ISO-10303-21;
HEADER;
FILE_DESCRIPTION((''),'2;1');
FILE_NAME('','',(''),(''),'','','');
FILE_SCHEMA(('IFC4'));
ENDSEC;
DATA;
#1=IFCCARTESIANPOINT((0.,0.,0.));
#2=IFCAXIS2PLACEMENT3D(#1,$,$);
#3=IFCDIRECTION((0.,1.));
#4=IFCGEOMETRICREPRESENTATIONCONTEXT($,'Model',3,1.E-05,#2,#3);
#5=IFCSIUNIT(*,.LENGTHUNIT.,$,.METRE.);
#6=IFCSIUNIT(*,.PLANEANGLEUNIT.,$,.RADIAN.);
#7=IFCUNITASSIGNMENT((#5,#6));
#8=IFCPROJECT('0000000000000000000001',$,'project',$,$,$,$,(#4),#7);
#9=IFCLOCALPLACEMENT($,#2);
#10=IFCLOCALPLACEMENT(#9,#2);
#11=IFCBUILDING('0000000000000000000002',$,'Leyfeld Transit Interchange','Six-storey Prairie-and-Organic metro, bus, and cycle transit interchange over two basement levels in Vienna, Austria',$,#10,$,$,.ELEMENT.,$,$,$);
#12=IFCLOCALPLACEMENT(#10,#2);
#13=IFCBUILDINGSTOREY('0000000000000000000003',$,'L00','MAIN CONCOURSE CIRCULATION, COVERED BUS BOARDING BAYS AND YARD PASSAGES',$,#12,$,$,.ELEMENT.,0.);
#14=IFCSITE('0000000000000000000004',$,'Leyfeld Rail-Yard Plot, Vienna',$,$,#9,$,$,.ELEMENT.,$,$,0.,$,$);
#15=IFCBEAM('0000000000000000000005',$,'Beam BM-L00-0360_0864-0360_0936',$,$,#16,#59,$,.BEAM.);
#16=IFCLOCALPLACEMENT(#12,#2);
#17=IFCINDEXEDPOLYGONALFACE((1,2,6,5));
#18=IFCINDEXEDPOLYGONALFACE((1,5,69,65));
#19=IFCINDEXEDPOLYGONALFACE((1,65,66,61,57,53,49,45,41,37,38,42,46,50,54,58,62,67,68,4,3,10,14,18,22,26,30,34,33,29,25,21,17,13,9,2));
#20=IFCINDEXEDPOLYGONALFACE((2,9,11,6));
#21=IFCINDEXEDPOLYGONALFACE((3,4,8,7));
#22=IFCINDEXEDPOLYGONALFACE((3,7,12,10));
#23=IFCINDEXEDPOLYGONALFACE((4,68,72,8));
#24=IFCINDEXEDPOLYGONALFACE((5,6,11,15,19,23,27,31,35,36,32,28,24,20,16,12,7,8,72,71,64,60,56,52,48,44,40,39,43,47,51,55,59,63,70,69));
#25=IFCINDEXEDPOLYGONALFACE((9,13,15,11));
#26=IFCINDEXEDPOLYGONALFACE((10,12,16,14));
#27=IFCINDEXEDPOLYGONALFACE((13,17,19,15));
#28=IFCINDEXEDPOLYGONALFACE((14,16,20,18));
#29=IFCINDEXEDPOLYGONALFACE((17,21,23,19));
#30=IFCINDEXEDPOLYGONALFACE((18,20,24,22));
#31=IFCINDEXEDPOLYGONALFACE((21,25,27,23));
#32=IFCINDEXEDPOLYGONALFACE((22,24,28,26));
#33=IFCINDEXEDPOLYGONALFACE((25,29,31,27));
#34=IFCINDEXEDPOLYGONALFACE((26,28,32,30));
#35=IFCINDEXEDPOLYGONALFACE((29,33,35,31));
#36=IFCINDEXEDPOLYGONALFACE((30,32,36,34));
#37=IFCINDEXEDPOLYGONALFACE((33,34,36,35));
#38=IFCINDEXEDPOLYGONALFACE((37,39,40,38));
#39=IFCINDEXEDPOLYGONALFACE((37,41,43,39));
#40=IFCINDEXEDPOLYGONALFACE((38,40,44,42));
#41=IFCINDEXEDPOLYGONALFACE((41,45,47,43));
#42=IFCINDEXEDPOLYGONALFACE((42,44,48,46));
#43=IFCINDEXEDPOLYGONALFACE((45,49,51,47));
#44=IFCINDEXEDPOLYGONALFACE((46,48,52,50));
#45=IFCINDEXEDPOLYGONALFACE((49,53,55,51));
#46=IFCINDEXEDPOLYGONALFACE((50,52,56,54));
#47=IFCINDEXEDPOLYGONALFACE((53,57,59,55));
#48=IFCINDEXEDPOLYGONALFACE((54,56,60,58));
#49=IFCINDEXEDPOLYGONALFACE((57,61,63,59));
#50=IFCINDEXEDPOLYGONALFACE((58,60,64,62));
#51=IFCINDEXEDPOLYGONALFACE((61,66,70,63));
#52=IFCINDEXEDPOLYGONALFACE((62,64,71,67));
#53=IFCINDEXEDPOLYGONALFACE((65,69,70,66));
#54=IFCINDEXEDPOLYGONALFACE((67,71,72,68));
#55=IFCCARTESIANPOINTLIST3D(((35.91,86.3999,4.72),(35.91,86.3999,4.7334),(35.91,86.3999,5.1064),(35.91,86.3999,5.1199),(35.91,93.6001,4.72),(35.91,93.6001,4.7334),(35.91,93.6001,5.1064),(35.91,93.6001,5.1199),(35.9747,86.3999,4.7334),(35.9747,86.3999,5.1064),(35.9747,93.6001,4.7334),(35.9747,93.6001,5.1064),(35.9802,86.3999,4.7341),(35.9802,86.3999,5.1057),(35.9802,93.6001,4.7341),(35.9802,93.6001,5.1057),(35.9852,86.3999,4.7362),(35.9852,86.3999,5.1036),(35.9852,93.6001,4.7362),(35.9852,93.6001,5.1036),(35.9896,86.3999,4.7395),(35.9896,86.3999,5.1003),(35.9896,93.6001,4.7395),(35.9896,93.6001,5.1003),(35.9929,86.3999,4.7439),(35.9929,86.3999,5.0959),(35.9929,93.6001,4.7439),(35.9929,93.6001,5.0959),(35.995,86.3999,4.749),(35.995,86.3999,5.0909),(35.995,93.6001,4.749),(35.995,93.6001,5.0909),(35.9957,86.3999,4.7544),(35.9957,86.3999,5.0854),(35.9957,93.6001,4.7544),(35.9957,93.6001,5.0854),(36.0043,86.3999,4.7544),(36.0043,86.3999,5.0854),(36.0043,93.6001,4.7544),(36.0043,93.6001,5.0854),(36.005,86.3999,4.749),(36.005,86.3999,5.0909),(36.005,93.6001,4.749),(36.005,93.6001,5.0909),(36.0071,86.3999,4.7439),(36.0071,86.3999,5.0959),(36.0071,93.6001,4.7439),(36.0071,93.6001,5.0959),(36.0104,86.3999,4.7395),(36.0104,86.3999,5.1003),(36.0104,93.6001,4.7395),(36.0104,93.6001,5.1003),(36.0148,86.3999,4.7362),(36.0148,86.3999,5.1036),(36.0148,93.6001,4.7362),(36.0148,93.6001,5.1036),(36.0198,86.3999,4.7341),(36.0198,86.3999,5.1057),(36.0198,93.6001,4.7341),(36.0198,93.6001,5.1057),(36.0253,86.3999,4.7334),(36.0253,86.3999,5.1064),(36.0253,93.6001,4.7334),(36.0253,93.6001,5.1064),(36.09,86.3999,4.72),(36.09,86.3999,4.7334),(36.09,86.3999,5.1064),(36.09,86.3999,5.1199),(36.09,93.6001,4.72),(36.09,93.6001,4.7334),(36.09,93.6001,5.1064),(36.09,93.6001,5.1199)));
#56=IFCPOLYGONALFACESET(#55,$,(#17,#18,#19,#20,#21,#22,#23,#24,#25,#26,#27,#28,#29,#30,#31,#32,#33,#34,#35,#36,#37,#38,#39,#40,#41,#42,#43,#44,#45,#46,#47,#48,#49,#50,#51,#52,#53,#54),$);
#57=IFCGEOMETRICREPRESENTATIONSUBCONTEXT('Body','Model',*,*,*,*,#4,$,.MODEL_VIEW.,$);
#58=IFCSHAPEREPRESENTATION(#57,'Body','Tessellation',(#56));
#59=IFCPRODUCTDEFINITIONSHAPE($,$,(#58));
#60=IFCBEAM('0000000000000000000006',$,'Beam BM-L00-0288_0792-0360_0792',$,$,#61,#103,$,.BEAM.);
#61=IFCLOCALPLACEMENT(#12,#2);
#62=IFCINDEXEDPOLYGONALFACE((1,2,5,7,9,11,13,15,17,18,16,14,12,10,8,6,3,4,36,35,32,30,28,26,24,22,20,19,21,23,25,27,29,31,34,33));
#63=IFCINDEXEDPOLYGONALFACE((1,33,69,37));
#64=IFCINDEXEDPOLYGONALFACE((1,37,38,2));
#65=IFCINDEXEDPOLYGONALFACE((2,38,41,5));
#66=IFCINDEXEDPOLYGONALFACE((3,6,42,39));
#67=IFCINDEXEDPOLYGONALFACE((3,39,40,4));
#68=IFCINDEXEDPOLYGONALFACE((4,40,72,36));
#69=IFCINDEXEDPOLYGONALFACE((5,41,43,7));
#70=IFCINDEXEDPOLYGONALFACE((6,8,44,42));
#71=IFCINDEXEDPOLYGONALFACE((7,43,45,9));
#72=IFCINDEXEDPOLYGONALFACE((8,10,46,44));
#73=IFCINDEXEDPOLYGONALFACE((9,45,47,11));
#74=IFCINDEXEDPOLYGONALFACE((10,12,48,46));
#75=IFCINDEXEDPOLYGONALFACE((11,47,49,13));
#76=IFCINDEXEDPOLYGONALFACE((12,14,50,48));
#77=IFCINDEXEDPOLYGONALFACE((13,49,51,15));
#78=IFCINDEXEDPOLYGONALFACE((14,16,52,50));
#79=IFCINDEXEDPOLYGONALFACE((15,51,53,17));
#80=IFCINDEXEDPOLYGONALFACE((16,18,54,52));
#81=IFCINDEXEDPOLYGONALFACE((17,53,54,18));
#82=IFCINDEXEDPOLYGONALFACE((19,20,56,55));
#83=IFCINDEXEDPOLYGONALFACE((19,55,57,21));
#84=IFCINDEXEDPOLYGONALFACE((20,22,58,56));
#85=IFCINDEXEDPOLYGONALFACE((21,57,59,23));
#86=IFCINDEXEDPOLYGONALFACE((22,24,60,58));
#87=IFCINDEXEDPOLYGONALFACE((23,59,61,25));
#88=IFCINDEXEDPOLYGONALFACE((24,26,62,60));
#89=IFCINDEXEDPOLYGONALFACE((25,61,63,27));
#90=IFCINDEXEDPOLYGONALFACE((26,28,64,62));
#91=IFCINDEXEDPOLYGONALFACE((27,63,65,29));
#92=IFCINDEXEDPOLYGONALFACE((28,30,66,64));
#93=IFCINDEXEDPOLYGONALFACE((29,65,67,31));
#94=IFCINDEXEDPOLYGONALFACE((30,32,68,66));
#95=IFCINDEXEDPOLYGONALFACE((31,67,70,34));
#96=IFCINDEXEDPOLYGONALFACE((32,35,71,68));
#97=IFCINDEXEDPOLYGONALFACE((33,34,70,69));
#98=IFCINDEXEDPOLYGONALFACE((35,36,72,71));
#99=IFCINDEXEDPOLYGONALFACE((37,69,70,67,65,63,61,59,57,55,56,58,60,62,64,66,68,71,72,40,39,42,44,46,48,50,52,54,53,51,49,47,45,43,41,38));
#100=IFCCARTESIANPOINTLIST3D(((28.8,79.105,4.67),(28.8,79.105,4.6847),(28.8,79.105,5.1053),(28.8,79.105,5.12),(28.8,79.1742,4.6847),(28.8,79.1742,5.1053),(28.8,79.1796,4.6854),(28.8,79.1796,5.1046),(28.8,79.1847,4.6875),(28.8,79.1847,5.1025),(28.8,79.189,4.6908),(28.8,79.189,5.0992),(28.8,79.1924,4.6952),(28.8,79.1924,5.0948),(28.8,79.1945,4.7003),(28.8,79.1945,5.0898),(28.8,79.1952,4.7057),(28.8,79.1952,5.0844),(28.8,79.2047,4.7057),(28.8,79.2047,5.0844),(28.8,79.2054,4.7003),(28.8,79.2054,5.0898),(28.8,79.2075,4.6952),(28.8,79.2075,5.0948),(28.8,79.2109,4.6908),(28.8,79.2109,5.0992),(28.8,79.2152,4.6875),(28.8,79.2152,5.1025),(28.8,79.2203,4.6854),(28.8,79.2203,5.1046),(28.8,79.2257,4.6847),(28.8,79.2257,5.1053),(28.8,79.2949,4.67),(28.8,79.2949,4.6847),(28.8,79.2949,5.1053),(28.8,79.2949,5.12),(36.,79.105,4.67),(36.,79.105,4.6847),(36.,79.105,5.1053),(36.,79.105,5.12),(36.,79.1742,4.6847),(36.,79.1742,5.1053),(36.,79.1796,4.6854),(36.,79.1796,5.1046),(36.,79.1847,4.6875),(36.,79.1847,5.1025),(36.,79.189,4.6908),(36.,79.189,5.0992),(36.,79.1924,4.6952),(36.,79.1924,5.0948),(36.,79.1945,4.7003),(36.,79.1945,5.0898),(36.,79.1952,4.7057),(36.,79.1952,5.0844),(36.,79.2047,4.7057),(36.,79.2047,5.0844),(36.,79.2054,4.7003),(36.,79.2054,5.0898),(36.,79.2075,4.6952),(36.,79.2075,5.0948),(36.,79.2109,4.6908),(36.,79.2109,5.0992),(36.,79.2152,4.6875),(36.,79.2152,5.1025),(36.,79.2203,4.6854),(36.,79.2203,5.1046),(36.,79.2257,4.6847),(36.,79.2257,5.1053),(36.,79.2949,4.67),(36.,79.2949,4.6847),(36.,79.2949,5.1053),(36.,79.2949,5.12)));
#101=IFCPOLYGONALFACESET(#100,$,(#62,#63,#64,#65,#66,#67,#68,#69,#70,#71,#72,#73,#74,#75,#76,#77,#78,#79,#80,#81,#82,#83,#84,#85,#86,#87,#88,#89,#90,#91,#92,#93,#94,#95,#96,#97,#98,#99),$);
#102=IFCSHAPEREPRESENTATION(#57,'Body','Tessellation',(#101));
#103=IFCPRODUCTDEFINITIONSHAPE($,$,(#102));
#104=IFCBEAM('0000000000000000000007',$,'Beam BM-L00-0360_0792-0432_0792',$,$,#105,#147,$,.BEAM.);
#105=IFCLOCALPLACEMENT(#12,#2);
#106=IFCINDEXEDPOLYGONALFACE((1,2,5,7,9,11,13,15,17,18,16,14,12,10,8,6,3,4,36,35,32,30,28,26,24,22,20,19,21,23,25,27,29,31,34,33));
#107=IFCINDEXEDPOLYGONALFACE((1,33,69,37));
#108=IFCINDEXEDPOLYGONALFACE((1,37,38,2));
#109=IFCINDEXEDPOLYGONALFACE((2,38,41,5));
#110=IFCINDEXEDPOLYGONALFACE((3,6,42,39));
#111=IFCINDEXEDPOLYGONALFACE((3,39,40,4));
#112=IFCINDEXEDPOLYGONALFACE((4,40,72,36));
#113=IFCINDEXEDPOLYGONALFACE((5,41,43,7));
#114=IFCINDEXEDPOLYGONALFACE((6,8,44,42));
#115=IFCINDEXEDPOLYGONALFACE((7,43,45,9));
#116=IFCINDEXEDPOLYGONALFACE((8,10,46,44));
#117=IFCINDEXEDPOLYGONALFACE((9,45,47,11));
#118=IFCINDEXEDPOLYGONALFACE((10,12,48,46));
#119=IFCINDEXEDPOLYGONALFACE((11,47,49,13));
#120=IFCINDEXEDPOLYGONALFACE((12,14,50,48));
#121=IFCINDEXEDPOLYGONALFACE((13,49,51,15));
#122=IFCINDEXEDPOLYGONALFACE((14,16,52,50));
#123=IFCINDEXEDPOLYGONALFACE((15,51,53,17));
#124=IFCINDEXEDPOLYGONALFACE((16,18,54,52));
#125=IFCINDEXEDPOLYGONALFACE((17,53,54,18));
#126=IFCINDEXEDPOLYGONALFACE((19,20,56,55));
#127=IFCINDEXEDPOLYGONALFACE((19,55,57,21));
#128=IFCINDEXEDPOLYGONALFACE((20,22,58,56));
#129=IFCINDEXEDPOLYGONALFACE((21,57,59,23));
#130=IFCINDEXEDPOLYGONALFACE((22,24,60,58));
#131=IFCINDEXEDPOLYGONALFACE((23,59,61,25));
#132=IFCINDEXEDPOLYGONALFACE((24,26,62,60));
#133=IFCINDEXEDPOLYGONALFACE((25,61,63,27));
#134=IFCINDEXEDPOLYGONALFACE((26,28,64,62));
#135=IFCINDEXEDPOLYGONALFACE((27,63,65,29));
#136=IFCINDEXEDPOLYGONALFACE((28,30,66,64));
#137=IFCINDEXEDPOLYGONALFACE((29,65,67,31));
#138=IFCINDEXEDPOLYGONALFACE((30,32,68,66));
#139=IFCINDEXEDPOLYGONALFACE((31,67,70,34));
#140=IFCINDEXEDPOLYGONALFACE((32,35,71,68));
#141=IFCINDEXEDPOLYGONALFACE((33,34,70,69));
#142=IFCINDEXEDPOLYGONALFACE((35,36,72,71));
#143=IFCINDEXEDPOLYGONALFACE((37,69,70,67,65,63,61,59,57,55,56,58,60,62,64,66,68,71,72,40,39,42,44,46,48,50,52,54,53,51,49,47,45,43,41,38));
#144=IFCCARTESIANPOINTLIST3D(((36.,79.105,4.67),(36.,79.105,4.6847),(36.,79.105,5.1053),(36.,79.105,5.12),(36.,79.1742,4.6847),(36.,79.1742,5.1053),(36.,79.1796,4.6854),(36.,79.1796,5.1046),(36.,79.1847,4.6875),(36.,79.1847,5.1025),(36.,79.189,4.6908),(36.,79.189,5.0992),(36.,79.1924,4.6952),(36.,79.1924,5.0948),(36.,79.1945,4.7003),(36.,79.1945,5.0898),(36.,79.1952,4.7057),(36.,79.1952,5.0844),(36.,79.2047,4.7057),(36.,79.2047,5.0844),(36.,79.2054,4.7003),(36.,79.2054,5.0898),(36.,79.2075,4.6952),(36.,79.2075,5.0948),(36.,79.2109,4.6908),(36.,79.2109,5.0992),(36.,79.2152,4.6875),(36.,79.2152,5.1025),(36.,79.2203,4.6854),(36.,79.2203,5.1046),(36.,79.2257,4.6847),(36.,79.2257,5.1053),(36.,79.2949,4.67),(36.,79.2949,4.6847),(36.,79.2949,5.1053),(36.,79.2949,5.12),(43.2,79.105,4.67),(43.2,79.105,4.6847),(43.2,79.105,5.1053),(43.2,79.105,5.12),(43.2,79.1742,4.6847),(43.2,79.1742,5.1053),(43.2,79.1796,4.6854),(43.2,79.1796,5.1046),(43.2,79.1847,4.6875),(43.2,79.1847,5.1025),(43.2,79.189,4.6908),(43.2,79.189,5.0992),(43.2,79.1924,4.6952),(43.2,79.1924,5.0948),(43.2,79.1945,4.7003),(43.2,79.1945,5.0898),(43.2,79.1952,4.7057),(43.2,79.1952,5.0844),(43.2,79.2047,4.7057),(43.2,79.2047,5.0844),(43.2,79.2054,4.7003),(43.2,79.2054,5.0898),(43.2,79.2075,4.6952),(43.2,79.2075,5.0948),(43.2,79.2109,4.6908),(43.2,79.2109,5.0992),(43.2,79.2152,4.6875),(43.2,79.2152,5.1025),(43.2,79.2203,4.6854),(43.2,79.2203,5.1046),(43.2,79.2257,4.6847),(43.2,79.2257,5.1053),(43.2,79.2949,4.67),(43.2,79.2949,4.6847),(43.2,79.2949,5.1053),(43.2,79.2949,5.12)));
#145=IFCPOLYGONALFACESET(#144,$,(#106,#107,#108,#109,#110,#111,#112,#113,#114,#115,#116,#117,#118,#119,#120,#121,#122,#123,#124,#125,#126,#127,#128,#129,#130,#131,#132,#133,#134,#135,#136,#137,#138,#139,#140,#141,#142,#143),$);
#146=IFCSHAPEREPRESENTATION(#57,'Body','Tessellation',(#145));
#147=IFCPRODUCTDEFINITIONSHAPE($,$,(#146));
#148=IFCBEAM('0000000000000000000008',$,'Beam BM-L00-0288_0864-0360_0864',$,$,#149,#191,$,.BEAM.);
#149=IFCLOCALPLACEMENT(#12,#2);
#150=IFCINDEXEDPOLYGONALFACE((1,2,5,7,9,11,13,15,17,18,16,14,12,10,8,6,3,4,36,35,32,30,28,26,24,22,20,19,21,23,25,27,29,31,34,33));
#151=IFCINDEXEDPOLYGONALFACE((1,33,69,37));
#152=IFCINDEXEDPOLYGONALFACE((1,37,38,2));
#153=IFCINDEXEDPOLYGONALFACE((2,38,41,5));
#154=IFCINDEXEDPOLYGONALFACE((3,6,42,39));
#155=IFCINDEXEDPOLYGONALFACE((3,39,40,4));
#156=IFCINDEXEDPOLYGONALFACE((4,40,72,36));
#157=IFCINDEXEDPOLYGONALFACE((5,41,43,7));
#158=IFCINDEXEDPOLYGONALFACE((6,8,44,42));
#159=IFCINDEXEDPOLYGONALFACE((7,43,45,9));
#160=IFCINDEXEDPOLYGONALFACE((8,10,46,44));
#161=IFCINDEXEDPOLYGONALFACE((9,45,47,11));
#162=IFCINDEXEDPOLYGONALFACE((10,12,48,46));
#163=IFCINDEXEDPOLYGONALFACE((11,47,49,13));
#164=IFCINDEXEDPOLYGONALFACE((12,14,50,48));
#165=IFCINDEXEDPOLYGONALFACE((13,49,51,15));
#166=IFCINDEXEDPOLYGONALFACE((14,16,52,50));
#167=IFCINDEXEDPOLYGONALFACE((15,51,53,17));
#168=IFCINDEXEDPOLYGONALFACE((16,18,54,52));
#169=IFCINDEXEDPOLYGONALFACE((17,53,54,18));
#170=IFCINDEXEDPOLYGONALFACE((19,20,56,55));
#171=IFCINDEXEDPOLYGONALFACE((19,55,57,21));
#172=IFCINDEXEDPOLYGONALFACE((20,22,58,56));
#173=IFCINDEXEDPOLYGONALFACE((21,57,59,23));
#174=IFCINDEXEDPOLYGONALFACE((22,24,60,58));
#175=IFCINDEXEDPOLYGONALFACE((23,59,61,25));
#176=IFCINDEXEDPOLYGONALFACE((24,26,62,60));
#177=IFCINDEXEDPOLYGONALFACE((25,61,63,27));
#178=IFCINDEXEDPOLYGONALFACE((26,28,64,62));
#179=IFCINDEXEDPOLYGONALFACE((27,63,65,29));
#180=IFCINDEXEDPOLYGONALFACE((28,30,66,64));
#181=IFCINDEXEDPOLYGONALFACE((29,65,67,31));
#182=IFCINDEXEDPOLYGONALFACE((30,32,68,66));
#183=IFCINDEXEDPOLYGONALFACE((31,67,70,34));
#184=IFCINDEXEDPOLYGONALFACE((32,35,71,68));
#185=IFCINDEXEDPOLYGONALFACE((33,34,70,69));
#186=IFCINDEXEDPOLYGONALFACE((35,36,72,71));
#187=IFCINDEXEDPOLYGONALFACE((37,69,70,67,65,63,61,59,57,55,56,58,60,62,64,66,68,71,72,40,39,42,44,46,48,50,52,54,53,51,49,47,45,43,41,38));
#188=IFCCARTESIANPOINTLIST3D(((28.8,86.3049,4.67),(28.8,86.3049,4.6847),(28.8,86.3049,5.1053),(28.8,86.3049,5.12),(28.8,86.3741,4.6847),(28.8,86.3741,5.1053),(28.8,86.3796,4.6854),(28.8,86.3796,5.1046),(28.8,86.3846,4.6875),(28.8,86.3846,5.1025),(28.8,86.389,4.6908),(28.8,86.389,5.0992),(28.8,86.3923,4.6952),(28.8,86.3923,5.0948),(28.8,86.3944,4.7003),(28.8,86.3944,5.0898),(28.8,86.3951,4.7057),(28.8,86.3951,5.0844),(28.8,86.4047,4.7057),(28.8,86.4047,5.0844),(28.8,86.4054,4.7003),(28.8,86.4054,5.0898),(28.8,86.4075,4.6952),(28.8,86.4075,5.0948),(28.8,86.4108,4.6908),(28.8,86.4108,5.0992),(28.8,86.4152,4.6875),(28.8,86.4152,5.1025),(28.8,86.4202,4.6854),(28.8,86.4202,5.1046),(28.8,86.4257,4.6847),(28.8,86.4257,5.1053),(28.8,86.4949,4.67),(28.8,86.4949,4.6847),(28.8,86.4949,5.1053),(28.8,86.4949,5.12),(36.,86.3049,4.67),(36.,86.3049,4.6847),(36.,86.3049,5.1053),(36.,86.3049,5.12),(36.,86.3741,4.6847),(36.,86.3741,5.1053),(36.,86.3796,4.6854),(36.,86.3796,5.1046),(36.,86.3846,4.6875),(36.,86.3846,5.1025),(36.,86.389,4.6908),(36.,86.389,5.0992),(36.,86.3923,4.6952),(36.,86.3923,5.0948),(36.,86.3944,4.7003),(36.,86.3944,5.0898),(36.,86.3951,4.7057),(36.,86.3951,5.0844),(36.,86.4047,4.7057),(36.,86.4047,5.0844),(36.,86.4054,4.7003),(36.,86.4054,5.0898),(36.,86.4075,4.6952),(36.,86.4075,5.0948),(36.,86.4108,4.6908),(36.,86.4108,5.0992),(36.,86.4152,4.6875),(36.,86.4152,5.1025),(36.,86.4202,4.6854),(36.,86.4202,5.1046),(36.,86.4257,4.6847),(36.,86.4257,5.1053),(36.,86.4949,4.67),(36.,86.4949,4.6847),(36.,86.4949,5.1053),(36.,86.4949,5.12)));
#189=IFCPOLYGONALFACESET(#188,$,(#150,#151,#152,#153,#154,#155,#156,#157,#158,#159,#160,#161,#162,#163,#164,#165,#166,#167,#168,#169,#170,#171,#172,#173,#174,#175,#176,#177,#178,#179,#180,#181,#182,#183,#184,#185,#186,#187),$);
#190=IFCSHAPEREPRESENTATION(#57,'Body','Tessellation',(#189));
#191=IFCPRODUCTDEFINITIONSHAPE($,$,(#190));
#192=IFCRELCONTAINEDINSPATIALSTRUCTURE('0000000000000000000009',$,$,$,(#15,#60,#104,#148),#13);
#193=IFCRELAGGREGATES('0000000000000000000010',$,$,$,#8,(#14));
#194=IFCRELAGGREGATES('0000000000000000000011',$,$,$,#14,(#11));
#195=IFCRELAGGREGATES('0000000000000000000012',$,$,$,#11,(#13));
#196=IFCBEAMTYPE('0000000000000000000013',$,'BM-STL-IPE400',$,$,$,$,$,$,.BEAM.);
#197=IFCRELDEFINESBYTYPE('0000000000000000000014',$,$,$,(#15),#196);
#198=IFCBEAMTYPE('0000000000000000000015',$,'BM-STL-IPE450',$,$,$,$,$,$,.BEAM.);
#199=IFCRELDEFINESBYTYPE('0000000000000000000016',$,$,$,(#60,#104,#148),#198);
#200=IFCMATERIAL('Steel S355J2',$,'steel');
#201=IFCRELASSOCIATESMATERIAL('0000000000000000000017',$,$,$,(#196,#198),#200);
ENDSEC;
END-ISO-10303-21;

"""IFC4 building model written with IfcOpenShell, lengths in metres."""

from ifc_helpers import new_model, si_unit, direction, frame, origin, origin_2d, place, context, subcontext, project, spatial, i_section, extrude, material, material_profile, profile_set, type_object, element, save


model = new_model("IFC4")

# Units and contexts
model_context = context("Model", 3, precision=1e-05, world=origin(), true_north=direction((0.0, 1.0)))
body_context = subcontext(model_context, "Body", "Model", "MODEL_VIEW")
ifc_project = project(units=[si_unit("LENGTHUNIT", "METRE"), si_unit("PLANEANGLEUNIT", "RADIAN")], contexts=[model_context])

# Site, building, storey
site_placement = place(None, origin())
site = spatial("IfcSite", under=ifc_project, at=site_placement, Name="Leyfeld Rail-Yard Plot, Vienna", CompositionType="ELEMENT", RefElevation=0.0)
building_placement = place(site_placement, origin())
building = spatial("IfcBuilding", under=site, at=building_placement, Name="Leyfeld Transit Interchange", Description="Six-storey Prairie-and-Organic metro, bus, and cycle transit interchange over two basement levels in Vienna, Austria", CompositionType="ELEMENT")
storey_placement = place(building_placement, origin())
storey = spatial("IfcBuildingStorey", under=building, at=storey_placement, Name="L00", Description="MAIN CONCOURSE CIRCULATION, COVERED BUS BOARDING BAYS AND YARD PASSAGES", CompositionType="ELEMENT", Elevation=0.0)

# Beams
ifc_material_1 = material(Name="Steel S355J2", Category="steel")
ifc_material_profile_1 = material_profile(ifc_material_1, i_section(OverallWidth=0.1799, OverallDepth=0.3999, WebThickness=0.0085, FlangeThickness=0.0134, FilletRadius=0.021, at=origin_2d()), Name="IPE 400")
ifc_profile_set_1 = profile_set([ifc_material_profile_1], Name="Steel S355J2")
beam_type_1 = type_object("IfcBeamType", Name="BM-STL-IPE400", PredefinedType="BEAM", material=ifc_profile_set_1)
beam_1_placement = place(storey_placement, frame((36.0, 86.3999, 4.9199), z_axis=(0.0, 1.0, 0.0), x_axis=(-1.0, 0.0, 0.0)))
element("IfcBeam", 1, at=beam_1_placement, inside=storey, type_object=beam_type_1, Name="Beam BM-L00-0360_0864-0360_0936", PredefinedType="BEAM", context=body_context, shape_type="SweptSolid", body=[
    extrude(i_section(OverallWidth=0.1799, OverallDepth=0.3999, WebThickness=0.0085, FlangeThickness=0.0134, FilletRadius=0.021, at=origin_2d()), origin(), (0.0, 0.0, 1.0), 7.2002),
])
ifc_material_profile_2 = material_profile(ifc_material_1, i_section(OverallWidth=0.1899, OverallDepth=0.45, WebThickness=0.0095, FlangeThickness=0.0146, FilletRadius=0.021, at=origin_2d()), Name="IPE 450")
ifc_profile_set_2 = profile_set([ifc_material_profile_2], Name="Steel S355J2")
beam_type_2 = type_object("IfcBeamType", Name="BM-STL-IPE450", PredefinedType="BEAM", material=ifc_profile_set_2)
for number, where, z_axis, x_axis, name in (
    (2, (28.8, 79.2, 4.895), (1.0, 0.0, 0.0), (0.0, 1.0, 0.0), "Beam BM-L00-0288_0792-0360_0792"),
    (3, (36.0, 79.2, 4.895), (1.0, 0.0, 0.0), (0.0, 1.0, 0.0), "Beam BM-L00-0360_0792-0432_0792"),
    (4, (28.8, 86.3999, 4.895), (1.0, 0.0, 0.0), (0.0, 1.0, 0.0), "Beam BM-L00-0288_0864-0360_0864"),
):
    element("IfcBeam", number, at=place(storey_placement, frame(where, z_axis=z_axis, x_axis=x_axis)), inside=storey, type_object=beam_type_2, Name=name, PredefinedType="BEAM", context=body_context, shape_type="SweptSolid", body=[
        extrude(i_section(OverallWidth=0.1899, OverallDepth=0.45, WebThickness=0.0095, FlangeThickness=0.0146, FilletRadius=0.021, at=origin_2d()), origin(), (0.0, 0.0, 1.0), 7.2),
    ])

save(model, "model.ifc")
